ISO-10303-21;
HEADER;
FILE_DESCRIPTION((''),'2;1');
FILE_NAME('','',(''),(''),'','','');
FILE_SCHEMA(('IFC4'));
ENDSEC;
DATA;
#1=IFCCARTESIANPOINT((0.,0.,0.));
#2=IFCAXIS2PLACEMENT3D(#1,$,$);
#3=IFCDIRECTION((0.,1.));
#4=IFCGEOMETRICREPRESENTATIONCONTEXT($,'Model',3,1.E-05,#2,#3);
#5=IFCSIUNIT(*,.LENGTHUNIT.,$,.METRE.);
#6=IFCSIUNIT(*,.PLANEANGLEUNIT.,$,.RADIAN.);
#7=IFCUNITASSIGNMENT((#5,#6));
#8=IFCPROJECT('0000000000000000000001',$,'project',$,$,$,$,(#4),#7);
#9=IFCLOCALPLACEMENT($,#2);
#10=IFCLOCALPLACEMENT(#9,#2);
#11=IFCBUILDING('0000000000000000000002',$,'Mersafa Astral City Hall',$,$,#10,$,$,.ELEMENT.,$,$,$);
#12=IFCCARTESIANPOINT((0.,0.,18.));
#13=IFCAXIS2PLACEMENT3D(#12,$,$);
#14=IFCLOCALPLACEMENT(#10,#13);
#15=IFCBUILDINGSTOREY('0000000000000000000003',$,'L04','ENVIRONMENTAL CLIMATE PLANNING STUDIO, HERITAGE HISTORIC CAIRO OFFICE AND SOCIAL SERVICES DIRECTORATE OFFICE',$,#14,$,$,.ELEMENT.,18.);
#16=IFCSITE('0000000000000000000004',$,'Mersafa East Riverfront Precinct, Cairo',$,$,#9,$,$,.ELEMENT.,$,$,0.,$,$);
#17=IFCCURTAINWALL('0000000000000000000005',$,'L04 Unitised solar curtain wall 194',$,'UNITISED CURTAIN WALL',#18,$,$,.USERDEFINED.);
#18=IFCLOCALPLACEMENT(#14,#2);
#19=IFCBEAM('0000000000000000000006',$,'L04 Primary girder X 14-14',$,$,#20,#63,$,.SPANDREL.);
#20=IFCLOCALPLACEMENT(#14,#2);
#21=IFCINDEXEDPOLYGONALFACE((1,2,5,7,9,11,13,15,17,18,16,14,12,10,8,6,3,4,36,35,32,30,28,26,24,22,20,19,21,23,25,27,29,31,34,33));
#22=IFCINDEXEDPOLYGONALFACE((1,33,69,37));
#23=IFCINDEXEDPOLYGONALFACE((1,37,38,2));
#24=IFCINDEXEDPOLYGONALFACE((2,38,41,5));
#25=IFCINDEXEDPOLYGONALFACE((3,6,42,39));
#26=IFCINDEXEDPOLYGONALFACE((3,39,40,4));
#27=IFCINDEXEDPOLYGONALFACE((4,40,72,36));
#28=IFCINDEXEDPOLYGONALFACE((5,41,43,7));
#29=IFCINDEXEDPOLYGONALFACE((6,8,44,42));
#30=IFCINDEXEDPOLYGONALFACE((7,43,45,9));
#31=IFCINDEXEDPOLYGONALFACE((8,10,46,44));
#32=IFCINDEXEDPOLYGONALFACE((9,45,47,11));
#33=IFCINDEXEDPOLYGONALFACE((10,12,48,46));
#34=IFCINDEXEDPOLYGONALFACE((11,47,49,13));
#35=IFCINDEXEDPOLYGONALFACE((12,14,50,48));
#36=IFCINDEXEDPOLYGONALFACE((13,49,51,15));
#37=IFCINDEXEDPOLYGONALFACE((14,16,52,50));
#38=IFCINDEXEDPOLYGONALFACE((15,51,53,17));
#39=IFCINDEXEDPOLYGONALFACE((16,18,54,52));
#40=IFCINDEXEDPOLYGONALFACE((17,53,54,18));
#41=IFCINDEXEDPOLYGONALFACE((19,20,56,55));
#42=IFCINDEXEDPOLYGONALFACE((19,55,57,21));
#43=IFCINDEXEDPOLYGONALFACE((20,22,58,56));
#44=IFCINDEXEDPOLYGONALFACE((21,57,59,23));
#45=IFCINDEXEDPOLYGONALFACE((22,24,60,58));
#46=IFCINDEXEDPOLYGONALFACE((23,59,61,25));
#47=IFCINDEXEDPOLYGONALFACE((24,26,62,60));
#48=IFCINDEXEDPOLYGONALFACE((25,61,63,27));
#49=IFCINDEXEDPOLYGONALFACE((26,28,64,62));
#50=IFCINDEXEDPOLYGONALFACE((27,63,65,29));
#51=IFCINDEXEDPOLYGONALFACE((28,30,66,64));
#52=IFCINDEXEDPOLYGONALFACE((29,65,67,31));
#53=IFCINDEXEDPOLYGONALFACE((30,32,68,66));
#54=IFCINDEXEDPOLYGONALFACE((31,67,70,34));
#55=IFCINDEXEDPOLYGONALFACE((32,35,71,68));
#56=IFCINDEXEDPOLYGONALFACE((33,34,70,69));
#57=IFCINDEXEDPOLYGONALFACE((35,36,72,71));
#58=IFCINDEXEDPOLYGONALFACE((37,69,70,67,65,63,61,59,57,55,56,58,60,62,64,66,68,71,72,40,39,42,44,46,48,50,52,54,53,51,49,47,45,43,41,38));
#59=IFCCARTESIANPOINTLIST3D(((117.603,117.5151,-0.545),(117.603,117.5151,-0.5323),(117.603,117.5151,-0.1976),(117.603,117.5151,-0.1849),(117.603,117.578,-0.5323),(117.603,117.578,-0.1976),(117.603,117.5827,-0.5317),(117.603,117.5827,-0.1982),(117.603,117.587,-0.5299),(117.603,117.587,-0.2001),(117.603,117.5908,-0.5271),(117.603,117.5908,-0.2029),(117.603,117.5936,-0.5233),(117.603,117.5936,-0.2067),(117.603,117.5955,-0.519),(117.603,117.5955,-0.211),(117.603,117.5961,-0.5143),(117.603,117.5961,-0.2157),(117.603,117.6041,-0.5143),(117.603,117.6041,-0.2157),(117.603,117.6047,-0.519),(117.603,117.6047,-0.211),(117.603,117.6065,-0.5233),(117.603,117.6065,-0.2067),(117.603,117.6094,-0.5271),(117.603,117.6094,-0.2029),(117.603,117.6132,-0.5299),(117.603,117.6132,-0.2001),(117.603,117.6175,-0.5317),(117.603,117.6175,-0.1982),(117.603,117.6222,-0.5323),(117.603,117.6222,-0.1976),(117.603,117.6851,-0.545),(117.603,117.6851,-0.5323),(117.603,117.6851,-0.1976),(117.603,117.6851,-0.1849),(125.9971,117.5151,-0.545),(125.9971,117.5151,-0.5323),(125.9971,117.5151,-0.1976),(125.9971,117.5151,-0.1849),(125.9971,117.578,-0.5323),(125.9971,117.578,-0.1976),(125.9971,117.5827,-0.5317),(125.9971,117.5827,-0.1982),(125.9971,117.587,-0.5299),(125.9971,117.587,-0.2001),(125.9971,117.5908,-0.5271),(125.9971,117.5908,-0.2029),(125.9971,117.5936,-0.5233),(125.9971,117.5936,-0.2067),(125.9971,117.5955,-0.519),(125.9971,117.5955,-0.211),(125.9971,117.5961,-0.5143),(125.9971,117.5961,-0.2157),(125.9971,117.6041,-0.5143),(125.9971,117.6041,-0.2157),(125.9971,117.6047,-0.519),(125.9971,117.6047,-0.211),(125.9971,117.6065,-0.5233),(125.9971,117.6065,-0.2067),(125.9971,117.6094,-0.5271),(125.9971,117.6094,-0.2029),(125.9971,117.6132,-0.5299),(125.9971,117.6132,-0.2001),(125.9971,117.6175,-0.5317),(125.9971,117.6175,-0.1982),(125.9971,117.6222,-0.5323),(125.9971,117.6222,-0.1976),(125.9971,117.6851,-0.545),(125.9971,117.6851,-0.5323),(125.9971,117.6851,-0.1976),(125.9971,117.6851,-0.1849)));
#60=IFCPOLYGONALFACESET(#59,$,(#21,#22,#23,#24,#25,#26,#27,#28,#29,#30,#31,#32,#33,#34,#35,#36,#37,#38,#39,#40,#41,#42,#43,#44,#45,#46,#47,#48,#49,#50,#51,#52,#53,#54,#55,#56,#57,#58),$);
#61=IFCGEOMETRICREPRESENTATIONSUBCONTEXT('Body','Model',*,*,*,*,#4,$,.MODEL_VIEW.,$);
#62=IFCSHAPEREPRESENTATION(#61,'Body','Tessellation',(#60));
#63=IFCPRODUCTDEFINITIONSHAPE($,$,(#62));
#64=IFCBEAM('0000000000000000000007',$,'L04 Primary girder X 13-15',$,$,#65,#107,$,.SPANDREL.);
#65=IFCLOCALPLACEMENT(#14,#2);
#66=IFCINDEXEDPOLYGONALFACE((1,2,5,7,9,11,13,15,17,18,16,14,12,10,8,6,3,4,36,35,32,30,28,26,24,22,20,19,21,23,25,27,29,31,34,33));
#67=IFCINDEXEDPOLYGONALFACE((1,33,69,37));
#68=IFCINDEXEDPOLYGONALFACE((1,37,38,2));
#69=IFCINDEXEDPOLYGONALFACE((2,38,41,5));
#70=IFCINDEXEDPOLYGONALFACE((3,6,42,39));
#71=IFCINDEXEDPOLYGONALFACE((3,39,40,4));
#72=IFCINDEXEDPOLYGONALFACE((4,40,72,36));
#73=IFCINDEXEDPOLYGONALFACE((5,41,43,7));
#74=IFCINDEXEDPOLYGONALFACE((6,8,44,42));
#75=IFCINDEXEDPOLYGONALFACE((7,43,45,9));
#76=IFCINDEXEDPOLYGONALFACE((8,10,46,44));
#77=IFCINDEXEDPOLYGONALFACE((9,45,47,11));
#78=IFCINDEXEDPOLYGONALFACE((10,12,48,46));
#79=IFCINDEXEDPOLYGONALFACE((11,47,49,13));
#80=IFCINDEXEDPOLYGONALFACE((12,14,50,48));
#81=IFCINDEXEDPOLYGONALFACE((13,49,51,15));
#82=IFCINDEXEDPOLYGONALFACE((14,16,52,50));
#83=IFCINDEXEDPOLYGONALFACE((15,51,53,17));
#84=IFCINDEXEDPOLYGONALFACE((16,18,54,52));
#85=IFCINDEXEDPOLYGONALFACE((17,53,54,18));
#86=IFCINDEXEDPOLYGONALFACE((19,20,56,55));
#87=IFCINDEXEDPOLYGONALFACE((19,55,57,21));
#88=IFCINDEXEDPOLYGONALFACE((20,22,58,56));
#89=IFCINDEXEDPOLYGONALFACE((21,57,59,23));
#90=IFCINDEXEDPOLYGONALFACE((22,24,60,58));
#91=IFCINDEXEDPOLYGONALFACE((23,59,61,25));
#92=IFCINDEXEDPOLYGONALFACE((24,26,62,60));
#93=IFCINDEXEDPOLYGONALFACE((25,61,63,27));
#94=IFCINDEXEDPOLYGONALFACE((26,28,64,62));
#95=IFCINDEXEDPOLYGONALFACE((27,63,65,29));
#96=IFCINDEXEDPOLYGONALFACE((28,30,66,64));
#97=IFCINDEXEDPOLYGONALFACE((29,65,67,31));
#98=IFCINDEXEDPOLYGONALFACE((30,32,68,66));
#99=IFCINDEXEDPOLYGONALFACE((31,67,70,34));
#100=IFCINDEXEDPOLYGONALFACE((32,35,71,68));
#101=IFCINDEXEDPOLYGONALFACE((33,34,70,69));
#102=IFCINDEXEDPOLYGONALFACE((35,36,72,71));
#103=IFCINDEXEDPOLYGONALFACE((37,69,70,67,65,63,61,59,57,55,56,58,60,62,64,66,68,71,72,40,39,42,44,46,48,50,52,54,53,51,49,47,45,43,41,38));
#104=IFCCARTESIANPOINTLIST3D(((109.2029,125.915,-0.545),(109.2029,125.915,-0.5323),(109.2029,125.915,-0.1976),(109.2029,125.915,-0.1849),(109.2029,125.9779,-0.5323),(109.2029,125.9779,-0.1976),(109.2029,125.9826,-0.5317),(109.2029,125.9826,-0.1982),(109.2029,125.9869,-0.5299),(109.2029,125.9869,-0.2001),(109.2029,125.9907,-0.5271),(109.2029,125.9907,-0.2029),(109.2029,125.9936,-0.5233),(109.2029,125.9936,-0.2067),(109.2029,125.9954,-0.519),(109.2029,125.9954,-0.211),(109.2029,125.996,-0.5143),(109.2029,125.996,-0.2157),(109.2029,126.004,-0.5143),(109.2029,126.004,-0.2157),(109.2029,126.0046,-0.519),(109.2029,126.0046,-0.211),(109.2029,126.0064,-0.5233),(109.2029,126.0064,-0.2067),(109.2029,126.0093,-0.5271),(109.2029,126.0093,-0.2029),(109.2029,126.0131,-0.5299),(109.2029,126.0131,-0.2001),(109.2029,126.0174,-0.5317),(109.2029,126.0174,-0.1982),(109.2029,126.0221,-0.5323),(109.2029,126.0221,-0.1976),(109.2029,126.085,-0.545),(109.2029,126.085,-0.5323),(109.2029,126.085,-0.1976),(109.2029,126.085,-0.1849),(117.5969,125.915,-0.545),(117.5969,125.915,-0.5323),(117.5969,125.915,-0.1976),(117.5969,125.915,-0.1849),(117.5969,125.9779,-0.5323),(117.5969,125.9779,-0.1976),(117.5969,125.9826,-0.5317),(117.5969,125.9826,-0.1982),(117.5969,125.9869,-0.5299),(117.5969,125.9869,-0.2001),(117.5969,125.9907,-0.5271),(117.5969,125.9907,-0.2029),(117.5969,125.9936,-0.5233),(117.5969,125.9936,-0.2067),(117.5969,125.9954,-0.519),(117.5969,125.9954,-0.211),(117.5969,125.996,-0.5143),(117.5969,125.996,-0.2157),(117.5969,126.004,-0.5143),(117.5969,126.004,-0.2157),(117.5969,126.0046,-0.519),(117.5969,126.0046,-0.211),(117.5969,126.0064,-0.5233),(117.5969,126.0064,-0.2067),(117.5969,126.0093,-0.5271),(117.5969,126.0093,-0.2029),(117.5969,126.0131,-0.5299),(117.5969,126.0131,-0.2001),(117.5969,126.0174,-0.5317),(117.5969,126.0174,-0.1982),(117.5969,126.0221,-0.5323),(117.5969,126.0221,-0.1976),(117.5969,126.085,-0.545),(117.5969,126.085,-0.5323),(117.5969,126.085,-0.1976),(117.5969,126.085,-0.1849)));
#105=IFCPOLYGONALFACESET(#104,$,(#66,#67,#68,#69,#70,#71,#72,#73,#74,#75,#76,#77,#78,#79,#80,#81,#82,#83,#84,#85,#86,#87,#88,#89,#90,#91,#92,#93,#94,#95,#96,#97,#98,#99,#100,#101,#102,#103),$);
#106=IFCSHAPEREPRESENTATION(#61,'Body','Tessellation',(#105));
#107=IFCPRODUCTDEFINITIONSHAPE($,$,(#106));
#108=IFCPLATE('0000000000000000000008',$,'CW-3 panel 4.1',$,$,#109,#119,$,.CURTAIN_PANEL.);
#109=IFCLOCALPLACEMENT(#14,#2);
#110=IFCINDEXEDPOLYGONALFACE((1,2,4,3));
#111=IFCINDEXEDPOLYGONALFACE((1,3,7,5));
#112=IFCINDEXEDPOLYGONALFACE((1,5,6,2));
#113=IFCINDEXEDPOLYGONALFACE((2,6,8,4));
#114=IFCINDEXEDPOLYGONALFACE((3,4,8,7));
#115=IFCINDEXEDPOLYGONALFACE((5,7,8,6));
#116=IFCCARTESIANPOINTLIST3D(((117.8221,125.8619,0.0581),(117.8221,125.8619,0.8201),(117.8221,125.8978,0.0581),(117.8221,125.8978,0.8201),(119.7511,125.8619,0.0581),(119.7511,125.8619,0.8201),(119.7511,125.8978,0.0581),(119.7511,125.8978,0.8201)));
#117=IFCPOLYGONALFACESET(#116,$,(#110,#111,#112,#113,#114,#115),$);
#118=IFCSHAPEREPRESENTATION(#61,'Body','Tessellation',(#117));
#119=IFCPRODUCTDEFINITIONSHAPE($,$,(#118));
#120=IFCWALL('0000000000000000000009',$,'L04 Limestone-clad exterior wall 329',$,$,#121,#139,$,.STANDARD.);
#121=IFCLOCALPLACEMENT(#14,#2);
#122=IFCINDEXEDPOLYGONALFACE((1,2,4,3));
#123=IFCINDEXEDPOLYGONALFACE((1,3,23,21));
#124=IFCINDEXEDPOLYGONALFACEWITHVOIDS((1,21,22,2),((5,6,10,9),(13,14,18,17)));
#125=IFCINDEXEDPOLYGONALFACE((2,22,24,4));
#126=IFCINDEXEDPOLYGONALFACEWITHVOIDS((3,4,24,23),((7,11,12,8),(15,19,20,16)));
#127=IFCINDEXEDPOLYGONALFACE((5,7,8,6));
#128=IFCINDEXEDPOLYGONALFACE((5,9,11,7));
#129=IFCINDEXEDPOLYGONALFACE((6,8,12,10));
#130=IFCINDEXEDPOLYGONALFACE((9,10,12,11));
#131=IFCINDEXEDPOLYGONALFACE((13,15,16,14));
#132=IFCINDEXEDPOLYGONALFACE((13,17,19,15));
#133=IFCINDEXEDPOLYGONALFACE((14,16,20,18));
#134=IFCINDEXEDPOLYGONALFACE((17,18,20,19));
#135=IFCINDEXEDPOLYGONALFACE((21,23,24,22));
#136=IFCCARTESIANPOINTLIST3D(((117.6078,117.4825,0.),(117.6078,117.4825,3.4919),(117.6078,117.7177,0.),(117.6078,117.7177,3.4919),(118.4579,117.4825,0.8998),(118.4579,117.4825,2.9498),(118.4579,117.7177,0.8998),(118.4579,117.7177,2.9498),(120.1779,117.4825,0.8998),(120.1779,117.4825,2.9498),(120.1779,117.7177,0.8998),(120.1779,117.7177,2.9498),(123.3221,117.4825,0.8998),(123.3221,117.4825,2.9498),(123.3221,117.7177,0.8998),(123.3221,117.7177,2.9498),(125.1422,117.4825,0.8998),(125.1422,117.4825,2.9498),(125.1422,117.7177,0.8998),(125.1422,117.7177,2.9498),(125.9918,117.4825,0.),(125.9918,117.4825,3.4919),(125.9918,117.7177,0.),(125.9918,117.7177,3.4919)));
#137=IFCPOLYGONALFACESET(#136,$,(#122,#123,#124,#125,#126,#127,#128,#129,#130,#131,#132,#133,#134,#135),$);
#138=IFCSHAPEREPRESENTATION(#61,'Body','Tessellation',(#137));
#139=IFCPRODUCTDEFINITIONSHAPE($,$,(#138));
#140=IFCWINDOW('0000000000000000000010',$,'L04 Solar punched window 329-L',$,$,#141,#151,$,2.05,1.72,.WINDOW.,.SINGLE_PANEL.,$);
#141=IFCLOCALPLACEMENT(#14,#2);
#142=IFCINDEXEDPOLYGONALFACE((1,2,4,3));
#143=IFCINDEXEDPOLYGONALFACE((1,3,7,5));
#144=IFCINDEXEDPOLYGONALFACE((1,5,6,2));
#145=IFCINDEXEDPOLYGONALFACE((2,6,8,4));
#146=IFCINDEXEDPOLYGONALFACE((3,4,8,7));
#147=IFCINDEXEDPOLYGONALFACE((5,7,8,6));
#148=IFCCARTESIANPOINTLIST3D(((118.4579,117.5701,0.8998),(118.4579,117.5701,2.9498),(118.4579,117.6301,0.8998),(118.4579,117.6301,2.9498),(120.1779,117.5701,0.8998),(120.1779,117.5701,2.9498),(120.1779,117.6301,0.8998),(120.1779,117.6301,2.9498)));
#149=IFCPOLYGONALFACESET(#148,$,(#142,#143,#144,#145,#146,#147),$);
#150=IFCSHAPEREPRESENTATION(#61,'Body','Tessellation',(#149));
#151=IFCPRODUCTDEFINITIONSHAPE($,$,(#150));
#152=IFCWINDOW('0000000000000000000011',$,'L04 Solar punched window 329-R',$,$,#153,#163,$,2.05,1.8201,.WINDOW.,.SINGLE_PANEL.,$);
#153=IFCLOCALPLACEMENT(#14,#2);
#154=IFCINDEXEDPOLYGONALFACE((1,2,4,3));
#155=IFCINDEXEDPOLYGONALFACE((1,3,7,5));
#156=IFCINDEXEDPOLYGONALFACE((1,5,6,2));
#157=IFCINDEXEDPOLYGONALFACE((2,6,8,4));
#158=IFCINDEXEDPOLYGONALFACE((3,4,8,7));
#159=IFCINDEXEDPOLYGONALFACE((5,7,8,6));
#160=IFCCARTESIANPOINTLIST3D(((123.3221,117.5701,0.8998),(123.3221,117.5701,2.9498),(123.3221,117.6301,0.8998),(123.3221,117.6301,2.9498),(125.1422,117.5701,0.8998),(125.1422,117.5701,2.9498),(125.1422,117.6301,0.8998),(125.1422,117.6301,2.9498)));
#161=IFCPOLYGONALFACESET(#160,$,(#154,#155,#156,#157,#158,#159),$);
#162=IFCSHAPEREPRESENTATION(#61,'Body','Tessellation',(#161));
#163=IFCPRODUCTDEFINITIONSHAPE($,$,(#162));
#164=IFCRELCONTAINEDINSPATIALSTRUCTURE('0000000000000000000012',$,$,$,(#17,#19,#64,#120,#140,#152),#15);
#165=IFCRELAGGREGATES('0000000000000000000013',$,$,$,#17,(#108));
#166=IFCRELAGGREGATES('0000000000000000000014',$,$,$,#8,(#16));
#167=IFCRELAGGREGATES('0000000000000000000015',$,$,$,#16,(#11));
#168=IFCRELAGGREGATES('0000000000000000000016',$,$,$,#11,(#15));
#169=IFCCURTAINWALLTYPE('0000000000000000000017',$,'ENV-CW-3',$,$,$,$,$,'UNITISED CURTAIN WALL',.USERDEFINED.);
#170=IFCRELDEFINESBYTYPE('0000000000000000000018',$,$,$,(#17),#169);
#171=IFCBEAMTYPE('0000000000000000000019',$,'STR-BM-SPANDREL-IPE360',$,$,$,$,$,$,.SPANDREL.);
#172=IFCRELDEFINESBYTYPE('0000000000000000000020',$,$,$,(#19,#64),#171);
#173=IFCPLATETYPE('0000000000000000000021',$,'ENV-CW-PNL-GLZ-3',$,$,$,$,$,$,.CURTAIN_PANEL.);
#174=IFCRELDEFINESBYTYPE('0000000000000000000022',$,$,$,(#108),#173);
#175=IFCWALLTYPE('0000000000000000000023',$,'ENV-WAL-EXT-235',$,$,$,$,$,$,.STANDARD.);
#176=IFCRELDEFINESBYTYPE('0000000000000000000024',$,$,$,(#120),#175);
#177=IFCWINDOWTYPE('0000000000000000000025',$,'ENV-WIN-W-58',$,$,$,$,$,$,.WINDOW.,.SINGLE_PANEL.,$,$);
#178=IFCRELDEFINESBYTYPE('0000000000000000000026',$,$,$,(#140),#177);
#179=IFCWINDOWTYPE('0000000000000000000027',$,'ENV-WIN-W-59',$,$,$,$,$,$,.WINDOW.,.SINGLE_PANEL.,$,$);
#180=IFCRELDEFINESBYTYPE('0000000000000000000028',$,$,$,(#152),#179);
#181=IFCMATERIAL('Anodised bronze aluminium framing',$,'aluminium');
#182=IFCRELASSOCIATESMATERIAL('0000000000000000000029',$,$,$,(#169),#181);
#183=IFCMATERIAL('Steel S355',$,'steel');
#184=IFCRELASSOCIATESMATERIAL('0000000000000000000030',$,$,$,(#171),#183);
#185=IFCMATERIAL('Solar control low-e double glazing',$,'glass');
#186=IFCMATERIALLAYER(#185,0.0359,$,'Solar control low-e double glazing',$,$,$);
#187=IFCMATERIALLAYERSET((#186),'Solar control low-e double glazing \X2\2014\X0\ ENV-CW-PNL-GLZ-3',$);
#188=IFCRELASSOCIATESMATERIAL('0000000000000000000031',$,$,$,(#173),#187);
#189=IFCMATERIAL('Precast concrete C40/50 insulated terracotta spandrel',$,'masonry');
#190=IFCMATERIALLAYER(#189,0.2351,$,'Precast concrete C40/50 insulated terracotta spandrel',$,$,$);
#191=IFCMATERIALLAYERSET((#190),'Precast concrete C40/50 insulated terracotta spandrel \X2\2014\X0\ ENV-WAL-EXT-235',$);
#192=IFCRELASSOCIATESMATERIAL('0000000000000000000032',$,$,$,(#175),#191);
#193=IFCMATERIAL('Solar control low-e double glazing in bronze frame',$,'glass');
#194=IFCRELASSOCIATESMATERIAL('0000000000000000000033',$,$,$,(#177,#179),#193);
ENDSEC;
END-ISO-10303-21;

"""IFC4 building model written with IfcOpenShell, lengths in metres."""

from ifc_helpers import new_model, si_unit, direction, frame, frame_2d, origin, origin_2d, place, context, subcontext, project, spatial, rectangle, i_section, extrude, material, layer, layer_set, material_profile, profile_set, type_object, element, fill, aggregate, save


model = new_model("IFC4")

# Units and contexts
model_context = context("Model", 3, precision=1e-05, world=origin(), true_north=direction((0.0, 1.0)))
body_context = subcontext(model_context, "Body", "Model", "MODEL_VIEW")
ifc_project = project(units=[si_unit("LENGTHUNIT", "METRE"), si_unit("PLANEANGLEUNIT", "RADIAN")], contexts=[model_context])

# Site, building, storey
site_placement = place(None, origin())
site = spatial("IfcSite", under=ifc_project, at=site_placement, Name="Mersafa East Riverfront Precinct, Cairo", CompositionType="ELEMENT", RefElevation=0.0)
building_placement = place(site_placement, origin())
building = spatial("IfcBuilding", under=site, at=building_placement, Name="Mersafa Astral City Hall", CompositionType="ELEMENT")
storey_placement = place(building_placement, frame((0.0, 0.0, 18.0)))
storey = spatial("IfcBuildingStorey", under=building, at=storey_placement, Name="L04", Description="ENVIRONMENTAL CLIMATE PLANNING STUDIO, HERITAGE HISTORIC CAIRO OFFICE AND SOCIAL SERVICES DIRECTORATE OFFICE", CompositionType="ELEMENT", Elevation=18.0)

# Shared definitions
ifc_material_1 = material(Name="Steel S355", Category="steel")

# Curtain wall
ifc_material_2 = material(Name="Anodised bronze aluminium framing", Category="aluminium")
curtain_wall_type_1 = type_object("IfcCurtainWallType", Name="ENV-CW-3", ElementType="UNITISED CURTAIN WALL", PredefinedType="USERDEFINED", material=ifc_material_2)
curtain_wall_1_placement = place(storey_placement, origin())
curtain_wall_1 = element("IfcCurtainWall", 1, at=curtain_wall_1_placement, inside=storey, type_object=curtain_wall_type_1, Name="L04 Unitised solar curtain wall 194", ObjectType="UNITISED CURTAIN WALL", PredefinedType="USERDEFINED")

# Beams
ifc_material_profile_1 = material_profile(ifc_material_1, i_section(OverallWidth=0.1699, OverallDepth=0.3601, WebThickness=0.0081, FlangeThickness=0.0127, FilletRadius=0.0181, at=origin_2d()), Name="IPE 360")
ifc_profile_set_1 = profile_set([ifc_material_profile_1], Name="Steel S355")
beam_type_1 = type_object("IfcBeamType", Name="STR-BM-SPANDREL-IPE360", PredefinedType="SPANDREL", material=ifc_profile_set_1)
for number, where, z_axis, x_axis, name in (
    (2, (117.603, 117.6001, -0.365), (1.0, 0.0, 0.0), (0.0, 1.0, 0.0), "L04 Primary girder X 14-14"),
    (3, (109.2029, 126.0, -0.365), (1.0, 0.0, 0.0), (0.0, 1.0, 0.0), "L04 Primary girder X 13-15"),
):
    element("IfcBeam", number, at=place(storey_placement, frame(where, z_axis=z_axis, x_axis=x_axis)), inside=storey, type_object=beam_type_1, Name=name, PredefinedType="SPANDREL", context=body_context, shape_type="SweptSolid", body=[
        extrude(i_section(OverallWidth=0.1699, OverallDepth=0.3601, WebThickness=0.0081, FlangeThickness=0.0127, FilletRadius=0.0181, at=origin_2d()), origin(), (0.0, 0.0, 1.0), 8.394),
    ])

# Plate
ifc_material_3 = material(Name="Solar control low-e double glazing", Category="glass")
ifc_layer_1 = layer(ifc_material_3, 0.0359, Name="Solar control low-e double glazing")
ifc_layer_set_1 = layer_set([ifc_layer_1], Name="Solar control low-e double glazing — ENV-CW-PNL-GLZ-3")
plate_type = type_object("IfcPlateType", Name="ENV-CW-PNL-GLZ-3", PredefinedType="CURTAIN_PANEL", material=ifc_layer_set_1)
plate_placement = place(storey_placement, frame((118.7866, 125.8799, 0.0581), z_axis=(0.0, 0.0, 1.0), x_axis=(-1.0, 0.0, 0.0)))
plate = element("IfcPlate", 4, at=plate_placement, type_object=plate_type, Name="CW-3 panel 4.1", PredefinedType="CURTAIN_PANEL", context=body_context, shape_type="SweptSolid", body=[
    extrude(rectangle(XDim=1.929, YDim=0.0359, at=origin_2d()), origin(), (0.0, 0.0, 1.0), 0.762),
])
aggregate(curtain_wall_1, [plate])

# Wall, openings, windows
ifc_material_4 = material(Name="Precast concrete C40/50 insulated terracotta spandrel", Category="masonry")
ifc_layer_2 = layer(ifc_material_4, 0.2351, Name="Precast concrete C40/50 insulated terracotta spandrel")
ifc_layer_set_2 = layer_set([ifc_layer_2], Name="Precast concrete C40/50 insulated terracotta spandrel — ENV-WAL-EXT-235")
wall_type_1 = type_object("IfcWallType", Name="ENV-WAL-EXT-235", PredefinedType="STANDARD", material=ifc_layer_set_2)
wall_1_placement = place(storey_placement, frame((117.6079, 117.6001, 0.0), z_axis=(0.0, 0.0, 1.0), x_axis=(1.0, 0.0, 0.0)))
wall_1 = element("IfcWall", 5, at=wall_1_placement, inside=storey, type_object=wall_type_1, Name="L04 Limestone-clad exterior wall 329", PredefinedType="STANDARD", context=body_context, shape_type="SweptSolid", body=[
    extrude(rectangle(XDim=8.384, YDim=0.2351, at=frame_2d((4.1919, 0.0))), origin(), (0.0, 0.0, 1.0), 3.4919),
])
opening_1_placement = place(wall_1_placement, frame((0.8501, 0.0, 0.8999)))
opening_1 = element("IfcOpeningElement", 6, at=opening_1_placement, cuts=wall_1, PredefinedType="OPENING", context=body_context, shape_type="SweptSolid", body=[
    extrude(rectangle(XDim=1.72, YDim=2.05, at=frame_2d((0.8599, 1.0249))), frame((0.0, 0.1274, 0.0), z_axis=(0.0, -1.0, 0.0), x_axis=(1.0, 0.0, 0.0)), (0.0, 0.0, 1.0), 0.2551),
])
opening_2_placement = place(wall_1_placement, frame((5.7141, 0.0, 0.8999)))
opening_2 = element("IfcOpeningElement", 7, at=opening_2_placement, cuts=wall_1, PredefinedType="OPENING", context=body_context, shape_type="SweptSolid", body=[
    extrude(rectangle(XDim=1.8201, YDim=2.05, at=frame_2d((0.9102, 1.0249))), frame((0.0, 0.1274, 0.0), z_axis=(0.0, -1.0, 0.0), x_axis=(1.0, 0.0, 0.0)), (0.0, 0.0, 1.0), 0.2551),
])
ifc_material_5 = material(Name="Solar control low-e double glazing in bronze frame", Category="glass")
window_type_1 = type_object("IfcWindowType", Name="ENV-WIN-W-58", PartitioningType="SINGLE_PANEL", PredefinedType="WINDOW", material=ifc_material_5)
window_1_placement = place(opening_1_placement, origin())
window_1 = element("IfcWindow", 8, at=window_1_placement, inside=storey, type_object=window_type_1, Name="L04 Solar punched window 329-L", OverallHeight=2.05, OverallWidth=1.72, PartitioningType="SINGLE_PANEL", PredefinedType="WINDOW", context=body_context, shape_type="SweptSolid", body=[
    extrude(rectangle(XDim=1.72, YDim=2.05, at=frame_2d((0.8599, 1.0249))), frame((0.0, 0.03, 0.0), z_axis=(0.0, -1.0, 0.0), x_axis=(1.0, 0.0, 0.0)), (0.0, 0.0, 1.0), 0.0601),
])
fill(opening_1, window_1)
window_type_2 = type_object("IfcWindowType", Name="ENV-WIN-W-59", PartitioningType="SINGLE_PANEL", PredefinedType="WINDOW", material=ifc_material_5)
window_2_placement = place(opening_2_placement, origin())
window_2 = element("IfcWindow", 9, at=window_2_placement, inside=storey, type_object=window_type_2, Name="L04 Solar punched window 329-R", OverallHeight=2.05, OverallWidth=1.8201, PartitioningType="SINGLE_PANEL", PredefinedType="WINDOW", context=body_context, shape_type="SweptSolid", body=[
    extrude(rectangle(XDim=1.8201, YDim=2.05, at=frame_2d((0.9102, 1.0249))), frame((0.0, 0.03, 0.0), z_axis=(0.0, -1.0, 0.0), x_axis=(1.0, 0.0, 0.0)), (0.0, 0.0, 1.0), 0.0601),
])
fill(opening_2, window_2)

save(model, "model.ifc")
